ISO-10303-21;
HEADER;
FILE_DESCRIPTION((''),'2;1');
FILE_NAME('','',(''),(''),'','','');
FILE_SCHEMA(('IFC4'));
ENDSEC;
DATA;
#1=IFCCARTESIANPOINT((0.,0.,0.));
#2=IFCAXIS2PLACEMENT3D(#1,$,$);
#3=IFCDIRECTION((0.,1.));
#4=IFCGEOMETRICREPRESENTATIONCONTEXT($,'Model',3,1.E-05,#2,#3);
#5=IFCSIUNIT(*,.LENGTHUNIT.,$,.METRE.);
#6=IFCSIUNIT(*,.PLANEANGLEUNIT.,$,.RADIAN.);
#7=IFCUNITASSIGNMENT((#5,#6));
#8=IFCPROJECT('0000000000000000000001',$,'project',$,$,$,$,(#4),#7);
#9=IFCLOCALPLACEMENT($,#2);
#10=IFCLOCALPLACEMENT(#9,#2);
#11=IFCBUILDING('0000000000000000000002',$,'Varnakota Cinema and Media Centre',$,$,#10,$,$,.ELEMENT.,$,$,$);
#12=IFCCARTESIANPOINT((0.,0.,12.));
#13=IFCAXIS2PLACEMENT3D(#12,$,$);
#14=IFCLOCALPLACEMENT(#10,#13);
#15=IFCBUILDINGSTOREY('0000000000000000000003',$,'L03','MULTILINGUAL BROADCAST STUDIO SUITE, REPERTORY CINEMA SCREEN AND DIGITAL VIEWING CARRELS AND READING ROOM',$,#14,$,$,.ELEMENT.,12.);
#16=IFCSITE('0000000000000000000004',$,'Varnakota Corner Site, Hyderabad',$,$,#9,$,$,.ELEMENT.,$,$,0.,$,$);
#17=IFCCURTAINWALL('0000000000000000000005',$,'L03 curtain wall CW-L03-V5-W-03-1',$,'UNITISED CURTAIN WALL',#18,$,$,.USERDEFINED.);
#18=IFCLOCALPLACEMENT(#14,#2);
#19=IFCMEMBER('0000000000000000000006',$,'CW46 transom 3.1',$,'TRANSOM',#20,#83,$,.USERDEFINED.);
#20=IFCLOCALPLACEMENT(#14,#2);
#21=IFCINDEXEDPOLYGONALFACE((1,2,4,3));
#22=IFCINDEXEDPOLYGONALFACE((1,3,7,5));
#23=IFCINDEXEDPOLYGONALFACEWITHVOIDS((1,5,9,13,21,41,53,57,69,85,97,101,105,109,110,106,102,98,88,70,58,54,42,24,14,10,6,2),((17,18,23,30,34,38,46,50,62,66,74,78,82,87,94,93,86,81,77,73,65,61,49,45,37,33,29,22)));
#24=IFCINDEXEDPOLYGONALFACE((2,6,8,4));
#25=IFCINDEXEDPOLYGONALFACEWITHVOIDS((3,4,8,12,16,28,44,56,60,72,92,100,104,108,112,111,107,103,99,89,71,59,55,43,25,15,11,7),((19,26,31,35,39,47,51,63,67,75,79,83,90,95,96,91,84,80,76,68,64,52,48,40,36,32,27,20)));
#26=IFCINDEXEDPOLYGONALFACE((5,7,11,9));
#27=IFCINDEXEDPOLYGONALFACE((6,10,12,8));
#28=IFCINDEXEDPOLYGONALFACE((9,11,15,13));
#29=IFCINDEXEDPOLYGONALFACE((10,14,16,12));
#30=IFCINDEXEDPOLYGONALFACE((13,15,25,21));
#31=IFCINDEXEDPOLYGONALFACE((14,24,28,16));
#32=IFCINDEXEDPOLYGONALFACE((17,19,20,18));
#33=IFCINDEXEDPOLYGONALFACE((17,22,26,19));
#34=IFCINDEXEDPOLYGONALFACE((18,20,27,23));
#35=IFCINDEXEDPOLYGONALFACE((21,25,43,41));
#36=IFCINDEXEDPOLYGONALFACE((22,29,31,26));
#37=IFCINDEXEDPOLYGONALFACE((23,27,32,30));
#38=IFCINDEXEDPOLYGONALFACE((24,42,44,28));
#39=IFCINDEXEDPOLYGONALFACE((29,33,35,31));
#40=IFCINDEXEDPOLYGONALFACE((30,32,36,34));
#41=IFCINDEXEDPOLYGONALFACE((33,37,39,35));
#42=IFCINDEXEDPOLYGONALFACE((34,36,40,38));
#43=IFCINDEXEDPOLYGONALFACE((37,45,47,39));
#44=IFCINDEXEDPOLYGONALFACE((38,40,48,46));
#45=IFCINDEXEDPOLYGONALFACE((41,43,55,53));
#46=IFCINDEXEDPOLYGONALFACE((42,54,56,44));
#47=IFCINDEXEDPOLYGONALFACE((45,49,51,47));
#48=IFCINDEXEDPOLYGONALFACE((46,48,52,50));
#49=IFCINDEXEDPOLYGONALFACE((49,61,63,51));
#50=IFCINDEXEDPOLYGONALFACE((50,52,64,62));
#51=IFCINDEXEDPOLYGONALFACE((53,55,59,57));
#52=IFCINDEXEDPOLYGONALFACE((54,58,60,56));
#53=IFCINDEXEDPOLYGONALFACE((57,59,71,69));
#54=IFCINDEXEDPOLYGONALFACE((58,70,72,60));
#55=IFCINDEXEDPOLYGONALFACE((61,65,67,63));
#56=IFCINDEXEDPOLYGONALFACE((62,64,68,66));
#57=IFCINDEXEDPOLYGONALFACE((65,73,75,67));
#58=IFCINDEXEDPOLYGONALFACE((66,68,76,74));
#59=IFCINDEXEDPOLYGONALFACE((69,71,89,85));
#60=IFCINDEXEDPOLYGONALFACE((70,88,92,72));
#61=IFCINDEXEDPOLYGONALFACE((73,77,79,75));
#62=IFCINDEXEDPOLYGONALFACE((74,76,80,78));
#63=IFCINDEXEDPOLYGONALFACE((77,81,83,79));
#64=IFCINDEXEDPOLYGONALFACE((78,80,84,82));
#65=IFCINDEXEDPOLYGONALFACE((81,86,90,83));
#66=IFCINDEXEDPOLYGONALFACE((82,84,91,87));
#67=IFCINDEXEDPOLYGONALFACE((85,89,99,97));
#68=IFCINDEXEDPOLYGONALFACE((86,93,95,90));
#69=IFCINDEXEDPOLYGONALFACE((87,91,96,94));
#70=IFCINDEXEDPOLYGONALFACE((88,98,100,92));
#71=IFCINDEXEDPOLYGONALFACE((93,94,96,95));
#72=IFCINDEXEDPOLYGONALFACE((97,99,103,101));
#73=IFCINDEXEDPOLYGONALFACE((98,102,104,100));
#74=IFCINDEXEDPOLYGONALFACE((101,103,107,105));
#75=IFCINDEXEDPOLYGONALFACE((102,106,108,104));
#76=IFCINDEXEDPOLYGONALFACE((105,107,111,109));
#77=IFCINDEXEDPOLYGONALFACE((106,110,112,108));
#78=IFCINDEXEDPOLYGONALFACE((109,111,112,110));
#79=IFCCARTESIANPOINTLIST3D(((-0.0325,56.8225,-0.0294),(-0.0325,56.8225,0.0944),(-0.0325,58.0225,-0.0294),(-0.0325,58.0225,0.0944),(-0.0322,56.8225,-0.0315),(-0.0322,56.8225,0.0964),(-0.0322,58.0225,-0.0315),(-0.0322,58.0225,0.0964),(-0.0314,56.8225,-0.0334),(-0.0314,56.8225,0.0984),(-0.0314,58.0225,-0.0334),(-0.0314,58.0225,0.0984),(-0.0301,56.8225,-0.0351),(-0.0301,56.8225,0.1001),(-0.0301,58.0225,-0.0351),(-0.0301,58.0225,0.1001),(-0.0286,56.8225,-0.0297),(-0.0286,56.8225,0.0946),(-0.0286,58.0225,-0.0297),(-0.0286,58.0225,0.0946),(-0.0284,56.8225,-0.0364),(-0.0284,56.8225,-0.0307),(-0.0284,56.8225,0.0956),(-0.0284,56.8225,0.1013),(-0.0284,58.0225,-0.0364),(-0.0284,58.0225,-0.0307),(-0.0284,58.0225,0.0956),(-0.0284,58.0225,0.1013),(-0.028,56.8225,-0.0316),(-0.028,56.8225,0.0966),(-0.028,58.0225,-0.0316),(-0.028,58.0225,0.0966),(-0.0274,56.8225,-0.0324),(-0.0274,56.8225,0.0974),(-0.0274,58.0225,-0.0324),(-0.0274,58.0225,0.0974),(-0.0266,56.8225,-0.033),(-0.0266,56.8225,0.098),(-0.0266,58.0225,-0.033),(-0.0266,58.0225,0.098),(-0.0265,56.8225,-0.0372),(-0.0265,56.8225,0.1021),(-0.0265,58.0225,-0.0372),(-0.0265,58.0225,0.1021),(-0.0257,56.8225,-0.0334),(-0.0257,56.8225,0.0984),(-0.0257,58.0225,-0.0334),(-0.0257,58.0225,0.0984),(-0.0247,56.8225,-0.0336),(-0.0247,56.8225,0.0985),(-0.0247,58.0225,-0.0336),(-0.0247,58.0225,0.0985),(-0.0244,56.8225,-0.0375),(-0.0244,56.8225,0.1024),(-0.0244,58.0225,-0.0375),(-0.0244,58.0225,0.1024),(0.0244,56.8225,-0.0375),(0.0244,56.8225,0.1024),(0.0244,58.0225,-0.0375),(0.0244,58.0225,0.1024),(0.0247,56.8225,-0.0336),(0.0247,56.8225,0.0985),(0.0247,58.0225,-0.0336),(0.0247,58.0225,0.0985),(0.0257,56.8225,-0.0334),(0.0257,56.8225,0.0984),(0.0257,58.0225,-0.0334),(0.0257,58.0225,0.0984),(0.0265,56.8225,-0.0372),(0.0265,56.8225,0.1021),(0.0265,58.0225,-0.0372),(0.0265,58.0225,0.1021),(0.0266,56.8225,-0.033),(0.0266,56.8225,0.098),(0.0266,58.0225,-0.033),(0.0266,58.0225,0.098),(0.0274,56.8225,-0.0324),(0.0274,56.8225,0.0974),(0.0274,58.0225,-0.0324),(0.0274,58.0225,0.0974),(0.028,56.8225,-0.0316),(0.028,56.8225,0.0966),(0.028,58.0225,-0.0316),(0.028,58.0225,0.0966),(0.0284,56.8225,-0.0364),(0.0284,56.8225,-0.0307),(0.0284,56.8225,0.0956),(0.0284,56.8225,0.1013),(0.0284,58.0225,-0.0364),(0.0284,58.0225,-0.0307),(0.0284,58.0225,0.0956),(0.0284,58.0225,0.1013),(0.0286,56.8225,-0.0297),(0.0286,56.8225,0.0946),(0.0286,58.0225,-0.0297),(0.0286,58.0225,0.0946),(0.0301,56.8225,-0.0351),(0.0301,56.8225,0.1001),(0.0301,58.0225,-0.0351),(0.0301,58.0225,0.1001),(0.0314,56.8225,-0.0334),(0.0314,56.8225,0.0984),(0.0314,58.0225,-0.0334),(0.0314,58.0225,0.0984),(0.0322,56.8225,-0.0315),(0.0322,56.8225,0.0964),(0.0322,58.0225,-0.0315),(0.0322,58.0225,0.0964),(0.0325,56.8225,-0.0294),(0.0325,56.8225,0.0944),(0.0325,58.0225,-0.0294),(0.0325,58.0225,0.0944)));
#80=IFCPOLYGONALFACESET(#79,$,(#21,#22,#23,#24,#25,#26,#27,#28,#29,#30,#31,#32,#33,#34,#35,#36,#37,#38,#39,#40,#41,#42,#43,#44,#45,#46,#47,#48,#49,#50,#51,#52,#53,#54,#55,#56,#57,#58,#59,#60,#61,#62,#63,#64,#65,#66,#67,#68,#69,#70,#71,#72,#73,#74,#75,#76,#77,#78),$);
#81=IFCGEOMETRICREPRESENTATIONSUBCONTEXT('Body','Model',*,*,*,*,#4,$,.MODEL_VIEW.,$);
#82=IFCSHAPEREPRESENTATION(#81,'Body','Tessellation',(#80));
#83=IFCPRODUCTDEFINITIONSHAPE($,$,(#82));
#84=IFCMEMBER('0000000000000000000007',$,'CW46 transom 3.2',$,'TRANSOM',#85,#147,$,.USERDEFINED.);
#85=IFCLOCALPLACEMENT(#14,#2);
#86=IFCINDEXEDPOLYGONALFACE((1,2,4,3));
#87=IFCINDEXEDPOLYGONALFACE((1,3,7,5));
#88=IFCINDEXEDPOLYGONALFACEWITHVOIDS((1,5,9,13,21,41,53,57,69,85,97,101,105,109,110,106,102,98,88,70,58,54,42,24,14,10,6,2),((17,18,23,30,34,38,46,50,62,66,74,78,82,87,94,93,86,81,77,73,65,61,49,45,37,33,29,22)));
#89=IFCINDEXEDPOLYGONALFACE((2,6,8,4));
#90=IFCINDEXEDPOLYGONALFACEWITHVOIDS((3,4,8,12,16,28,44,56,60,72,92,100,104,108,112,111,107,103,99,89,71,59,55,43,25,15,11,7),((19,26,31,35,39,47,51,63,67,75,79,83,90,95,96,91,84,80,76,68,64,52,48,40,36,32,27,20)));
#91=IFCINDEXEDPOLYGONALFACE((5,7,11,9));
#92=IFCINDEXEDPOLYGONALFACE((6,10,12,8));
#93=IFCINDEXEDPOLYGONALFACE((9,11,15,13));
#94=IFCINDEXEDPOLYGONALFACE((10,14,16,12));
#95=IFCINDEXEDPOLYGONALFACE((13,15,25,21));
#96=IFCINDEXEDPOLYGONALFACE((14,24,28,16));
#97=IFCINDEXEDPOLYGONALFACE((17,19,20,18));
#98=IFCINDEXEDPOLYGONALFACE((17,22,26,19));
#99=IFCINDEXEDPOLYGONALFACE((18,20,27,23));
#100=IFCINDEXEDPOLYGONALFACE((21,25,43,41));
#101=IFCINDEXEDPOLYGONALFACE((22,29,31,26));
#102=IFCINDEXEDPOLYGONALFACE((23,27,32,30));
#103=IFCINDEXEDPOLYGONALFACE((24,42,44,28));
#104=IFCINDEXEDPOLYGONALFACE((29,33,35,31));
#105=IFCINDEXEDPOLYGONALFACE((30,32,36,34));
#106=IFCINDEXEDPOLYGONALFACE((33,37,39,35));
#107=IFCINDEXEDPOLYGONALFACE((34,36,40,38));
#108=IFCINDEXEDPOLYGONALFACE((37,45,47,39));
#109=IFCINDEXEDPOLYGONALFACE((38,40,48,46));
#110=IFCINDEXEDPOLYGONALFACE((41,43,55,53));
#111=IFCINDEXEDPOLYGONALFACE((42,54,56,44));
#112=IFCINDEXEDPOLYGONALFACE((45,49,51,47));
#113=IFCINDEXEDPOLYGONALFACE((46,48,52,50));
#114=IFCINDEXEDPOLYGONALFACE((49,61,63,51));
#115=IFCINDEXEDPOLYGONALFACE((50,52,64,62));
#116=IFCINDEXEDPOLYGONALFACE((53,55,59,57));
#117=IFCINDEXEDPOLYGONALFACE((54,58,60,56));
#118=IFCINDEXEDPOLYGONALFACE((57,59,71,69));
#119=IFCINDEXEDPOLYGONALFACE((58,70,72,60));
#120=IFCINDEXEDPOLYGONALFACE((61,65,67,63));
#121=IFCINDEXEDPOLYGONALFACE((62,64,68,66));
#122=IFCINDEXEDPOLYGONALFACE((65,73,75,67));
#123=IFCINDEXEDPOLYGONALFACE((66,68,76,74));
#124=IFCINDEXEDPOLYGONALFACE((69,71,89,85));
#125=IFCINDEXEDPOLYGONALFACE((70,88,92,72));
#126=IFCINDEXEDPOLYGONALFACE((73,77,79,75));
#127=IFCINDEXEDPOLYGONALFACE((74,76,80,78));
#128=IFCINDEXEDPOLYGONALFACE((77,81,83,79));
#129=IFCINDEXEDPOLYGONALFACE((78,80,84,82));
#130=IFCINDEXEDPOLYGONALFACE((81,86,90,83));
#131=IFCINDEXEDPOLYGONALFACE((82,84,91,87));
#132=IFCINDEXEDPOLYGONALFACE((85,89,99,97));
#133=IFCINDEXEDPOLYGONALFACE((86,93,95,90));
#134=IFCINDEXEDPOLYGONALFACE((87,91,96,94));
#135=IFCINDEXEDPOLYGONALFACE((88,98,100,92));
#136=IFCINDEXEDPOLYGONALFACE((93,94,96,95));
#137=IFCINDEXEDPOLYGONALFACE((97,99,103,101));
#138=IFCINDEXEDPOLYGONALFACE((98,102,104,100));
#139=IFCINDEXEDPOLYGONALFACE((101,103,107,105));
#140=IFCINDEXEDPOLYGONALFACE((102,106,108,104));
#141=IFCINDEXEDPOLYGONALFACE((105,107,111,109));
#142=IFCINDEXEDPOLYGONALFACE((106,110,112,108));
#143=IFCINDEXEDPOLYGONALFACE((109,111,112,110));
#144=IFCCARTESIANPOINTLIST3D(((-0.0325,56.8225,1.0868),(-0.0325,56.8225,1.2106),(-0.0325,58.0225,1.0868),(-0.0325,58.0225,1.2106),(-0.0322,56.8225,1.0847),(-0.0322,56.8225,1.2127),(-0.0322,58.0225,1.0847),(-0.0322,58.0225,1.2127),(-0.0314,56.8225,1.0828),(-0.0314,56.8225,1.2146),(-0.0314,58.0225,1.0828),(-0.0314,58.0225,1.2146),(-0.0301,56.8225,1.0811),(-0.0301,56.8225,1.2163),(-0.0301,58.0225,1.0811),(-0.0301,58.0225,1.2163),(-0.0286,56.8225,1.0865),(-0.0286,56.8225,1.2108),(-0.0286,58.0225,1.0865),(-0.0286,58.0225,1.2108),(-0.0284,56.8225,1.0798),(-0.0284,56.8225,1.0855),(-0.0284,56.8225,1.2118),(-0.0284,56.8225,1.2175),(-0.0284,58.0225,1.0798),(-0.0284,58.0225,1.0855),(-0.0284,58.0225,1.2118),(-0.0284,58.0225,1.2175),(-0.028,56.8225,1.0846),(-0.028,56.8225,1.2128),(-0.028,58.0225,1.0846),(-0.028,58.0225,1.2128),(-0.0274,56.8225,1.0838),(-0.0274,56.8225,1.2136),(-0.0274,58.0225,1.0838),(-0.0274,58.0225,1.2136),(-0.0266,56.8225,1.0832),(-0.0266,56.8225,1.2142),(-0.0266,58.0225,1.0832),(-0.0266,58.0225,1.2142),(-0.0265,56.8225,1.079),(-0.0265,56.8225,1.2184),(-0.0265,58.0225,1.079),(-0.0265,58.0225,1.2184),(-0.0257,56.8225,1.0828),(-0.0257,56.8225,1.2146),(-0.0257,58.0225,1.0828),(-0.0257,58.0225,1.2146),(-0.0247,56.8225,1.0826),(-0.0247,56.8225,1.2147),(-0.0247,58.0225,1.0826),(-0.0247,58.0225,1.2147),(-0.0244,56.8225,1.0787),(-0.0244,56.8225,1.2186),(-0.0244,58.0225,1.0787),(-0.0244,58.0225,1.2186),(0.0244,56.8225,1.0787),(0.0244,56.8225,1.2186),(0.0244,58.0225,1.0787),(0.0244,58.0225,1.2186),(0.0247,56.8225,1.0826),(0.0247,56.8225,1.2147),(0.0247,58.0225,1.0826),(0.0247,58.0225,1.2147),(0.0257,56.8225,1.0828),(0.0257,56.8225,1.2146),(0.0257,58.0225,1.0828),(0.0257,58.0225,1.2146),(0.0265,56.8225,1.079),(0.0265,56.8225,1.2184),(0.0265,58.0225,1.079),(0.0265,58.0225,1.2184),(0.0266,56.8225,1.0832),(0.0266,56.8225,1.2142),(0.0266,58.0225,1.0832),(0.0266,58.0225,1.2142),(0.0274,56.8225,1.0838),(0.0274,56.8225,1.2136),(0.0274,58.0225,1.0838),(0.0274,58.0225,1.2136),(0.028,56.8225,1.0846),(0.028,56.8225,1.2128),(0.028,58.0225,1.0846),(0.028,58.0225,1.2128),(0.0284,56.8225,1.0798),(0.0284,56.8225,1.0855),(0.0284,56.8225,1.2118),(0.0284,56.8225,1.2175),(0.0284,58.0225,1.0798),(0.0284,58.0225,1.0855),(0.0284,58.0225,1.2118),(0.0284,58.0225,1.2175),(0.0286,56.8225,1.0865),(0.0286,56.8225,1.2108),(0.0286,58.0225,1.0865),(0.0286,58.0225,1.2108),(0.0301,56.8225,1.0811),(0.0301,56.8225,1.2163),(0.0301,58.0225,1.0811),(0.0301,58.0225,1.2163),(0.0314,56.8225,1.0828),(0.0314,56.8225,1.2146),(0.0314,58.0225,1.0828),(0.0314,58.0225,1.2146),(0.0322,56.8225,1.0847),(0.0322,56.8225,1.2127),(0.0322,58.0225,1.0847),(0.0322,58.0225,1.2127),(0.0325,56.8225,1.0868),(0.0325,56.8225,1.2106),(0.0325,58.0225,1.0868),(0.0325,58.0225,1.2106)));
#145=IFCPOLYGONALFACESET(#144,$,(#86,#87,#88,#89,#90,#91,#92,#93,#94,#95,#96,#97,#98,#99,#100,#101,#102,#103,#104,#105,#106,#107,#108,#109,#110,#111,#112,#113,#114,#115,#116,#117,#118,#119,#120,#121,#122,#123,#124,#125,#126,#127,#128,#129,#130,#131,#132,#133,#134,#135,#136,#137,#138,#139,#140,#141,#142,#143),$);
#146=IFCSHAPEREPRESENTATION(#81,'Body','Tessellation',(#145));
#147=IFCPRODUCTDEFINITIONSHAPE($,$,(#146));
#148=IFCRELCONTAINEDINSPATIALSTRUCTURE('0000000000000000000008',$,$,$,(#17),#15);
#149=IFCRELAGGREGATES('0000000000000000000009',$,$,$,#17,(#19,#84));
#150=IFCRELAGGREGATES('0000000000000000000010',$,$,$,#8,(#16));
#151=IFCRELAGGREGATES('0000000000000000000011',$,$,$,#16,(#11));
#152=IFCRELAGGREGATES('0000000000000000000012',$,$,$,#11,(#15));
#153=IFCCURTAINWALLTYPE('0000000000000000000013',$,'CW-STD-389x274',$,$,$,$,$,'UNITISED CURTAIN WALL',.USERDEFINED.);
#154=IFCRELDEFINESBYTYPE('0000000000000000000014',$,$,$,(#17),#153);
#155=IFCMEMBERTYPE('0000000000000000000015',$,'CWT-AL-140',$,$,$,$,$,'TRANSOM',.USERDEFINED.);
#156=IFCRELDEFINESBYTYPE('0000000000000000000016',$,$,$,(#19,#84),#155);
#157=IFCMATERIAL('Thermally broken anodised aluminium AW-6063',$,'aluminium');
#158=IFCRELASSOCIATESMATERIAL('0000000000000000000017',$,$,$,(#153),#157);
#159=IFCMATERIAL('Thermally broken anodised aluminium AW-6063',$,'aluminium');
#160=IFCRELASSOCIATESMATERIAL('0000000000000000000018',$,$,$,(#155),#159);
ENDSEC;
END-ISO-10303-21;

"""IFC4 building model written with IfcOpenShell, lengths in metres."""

from ifc_helpers import new_model, si_unit, direction, frame, origin, origin_2d, place, context, subcontext, project, spatial, hollow_rectangle, extrude, material, material_profile, profile_set, type_object, element, aggregate, save


model = new_model("IFC4")

# Units and contexts
model_context = context("Model", 3, precision=1e-05, world=origin(), true_north=direction((0.0, 1.0)))
body_context = subcontext(model_context, "Body", "Model", "MODEL_VIEW")
ifc_project = project(units=[si_unit("LENGTHUNIT", "METRE"), si_unit("PLANEANGLEUNIT", "RADIAN")], contexts=[model_context])

# Site, building, storey
site_placement = place(None, origin())
site = spatial("IfcSite", under=ifc_project, at=site_placement, Name="Varnakota Corner Site, Hyderabad", CompositionType="ELEMENT", RefElevation=0.0)
building_placement = place(site_placement, origin())
building = spatial("IfcBuilding", under=site, at=building_placement, Name="Varnakota Cinema and Media Centre", CompositionType="ELEMENT")
storey_placement = place(building_placement, frame((0.0, 0.0, 12.0)))
storey = spatial("IfcBuildingStorey", under=building, at=storey_placement, Name="L03", Description="MULTILINGUAL BROADCAST STUDIO SUITE, REPERTORY CINEMA SCREEN AND DIGITAL VIEWING CARRELS AND READING ROOM", CompositionType="ELEMENT", Elevation=12.0)

# Shared definitions
ifc_material_1 = material(Name="Thermally broken anodised aluminium AW-6063", Category="aluminium")
curtain_wall_type = type_object("IfcCurtainWallType", Name="CW-STD-389x274", ElementType="UNITISED CURTAIN WALL", PredefinedType="USERDEFINED", material=ifc_material_1)

# Curtain wall, members
curtain_wall_1_placement = place(storey_placement, origin())
curtain_wall_1 = element("IfcCurtainWall", 1, at=curtain_wall_1_placement, inside=storey, type_object=curtain_wall_type, Name="L03 curtain wall CW-L03-V5-W-03-1", ObjectType="UNITISED CURTAIN WALL", PredefinedType="USERDEFINED")
ifc_material_2 = material(Name="Thermally broken anodised aluminium AW-6063", Category="aluminium")
ifc_material_profile_1 = material_profile(ifc_material_2, hollow_rectangle(XDim=0.0649, YDim=0.1399, WallThickness=0.0039, InnerFilletRadius=0.0039, OuterFilletRadius=0.0081, at=origin_2d()), Name="AL-TRANSOM 140x65x4")
ifc_profile_set_1 = profile_set([ifc_material_profile_1], Name="Thermally broken anodised aluminium AW-6063")
member_type_1 = type_object("IfcMemberType", Name="CWT-AL-140", ElementType="TRANSOM", PredefinedType="USERDEFINED", material=ifc_profile_set_1)
member_1_placement = place(storey_placement, frame((0.0, 58.0225, 0.0325), z_axis=(0.0, -1.0, 0.0), x_axis=(1.0, 0.0, 0.0)))
member_1 = element("IfcMember", 2, at=member_1_placement, type_object=member_type_1, Name="CW46 transom 3.1", ObjectType="TRANSOM", PredefinedType="USERDEFINED", context=body_context, shape_type="SweptSolid", body=[
    extrude(hollow_rectangle(XDim=0.0649, YDim=0.1399, WallThickness=0.0039, InnerFilletRadius=0.0039, OuterFilletRadius=0.0081, at=origin_2d()), origin(), (0.0, 0.0, 1.0), 1.2),
])
member_2_placement = place(storey_placement, frame((0.0, 58.0225, 1.1487), z_axis=(0.0, -1.0, 0.0), x_axis=(1.0, 0.0, 0.0)))
member_2 = element("IfcMember", 3, at=member_2_placement, type_object=member_type_1, Name="CW46 transom 3.2", ObjectType="TRANSOM", PredefinedType="USERDEFINED", context=body_context, shape_type="SweptSolid", body=[
    extrude(hollow_rectangle(XDim=0.0649, YDim=0.1399, WallThickness=0.0039, InnerFilletRadius=0.0039, OuterFilletRadius=0.0081, at=origin_2d()), origin(), (0.0, 0.0, 1.0), 1.2),
])

aggregate(curtain_wall_1, [member_1, member_2])

save(model, "model.ifc")
